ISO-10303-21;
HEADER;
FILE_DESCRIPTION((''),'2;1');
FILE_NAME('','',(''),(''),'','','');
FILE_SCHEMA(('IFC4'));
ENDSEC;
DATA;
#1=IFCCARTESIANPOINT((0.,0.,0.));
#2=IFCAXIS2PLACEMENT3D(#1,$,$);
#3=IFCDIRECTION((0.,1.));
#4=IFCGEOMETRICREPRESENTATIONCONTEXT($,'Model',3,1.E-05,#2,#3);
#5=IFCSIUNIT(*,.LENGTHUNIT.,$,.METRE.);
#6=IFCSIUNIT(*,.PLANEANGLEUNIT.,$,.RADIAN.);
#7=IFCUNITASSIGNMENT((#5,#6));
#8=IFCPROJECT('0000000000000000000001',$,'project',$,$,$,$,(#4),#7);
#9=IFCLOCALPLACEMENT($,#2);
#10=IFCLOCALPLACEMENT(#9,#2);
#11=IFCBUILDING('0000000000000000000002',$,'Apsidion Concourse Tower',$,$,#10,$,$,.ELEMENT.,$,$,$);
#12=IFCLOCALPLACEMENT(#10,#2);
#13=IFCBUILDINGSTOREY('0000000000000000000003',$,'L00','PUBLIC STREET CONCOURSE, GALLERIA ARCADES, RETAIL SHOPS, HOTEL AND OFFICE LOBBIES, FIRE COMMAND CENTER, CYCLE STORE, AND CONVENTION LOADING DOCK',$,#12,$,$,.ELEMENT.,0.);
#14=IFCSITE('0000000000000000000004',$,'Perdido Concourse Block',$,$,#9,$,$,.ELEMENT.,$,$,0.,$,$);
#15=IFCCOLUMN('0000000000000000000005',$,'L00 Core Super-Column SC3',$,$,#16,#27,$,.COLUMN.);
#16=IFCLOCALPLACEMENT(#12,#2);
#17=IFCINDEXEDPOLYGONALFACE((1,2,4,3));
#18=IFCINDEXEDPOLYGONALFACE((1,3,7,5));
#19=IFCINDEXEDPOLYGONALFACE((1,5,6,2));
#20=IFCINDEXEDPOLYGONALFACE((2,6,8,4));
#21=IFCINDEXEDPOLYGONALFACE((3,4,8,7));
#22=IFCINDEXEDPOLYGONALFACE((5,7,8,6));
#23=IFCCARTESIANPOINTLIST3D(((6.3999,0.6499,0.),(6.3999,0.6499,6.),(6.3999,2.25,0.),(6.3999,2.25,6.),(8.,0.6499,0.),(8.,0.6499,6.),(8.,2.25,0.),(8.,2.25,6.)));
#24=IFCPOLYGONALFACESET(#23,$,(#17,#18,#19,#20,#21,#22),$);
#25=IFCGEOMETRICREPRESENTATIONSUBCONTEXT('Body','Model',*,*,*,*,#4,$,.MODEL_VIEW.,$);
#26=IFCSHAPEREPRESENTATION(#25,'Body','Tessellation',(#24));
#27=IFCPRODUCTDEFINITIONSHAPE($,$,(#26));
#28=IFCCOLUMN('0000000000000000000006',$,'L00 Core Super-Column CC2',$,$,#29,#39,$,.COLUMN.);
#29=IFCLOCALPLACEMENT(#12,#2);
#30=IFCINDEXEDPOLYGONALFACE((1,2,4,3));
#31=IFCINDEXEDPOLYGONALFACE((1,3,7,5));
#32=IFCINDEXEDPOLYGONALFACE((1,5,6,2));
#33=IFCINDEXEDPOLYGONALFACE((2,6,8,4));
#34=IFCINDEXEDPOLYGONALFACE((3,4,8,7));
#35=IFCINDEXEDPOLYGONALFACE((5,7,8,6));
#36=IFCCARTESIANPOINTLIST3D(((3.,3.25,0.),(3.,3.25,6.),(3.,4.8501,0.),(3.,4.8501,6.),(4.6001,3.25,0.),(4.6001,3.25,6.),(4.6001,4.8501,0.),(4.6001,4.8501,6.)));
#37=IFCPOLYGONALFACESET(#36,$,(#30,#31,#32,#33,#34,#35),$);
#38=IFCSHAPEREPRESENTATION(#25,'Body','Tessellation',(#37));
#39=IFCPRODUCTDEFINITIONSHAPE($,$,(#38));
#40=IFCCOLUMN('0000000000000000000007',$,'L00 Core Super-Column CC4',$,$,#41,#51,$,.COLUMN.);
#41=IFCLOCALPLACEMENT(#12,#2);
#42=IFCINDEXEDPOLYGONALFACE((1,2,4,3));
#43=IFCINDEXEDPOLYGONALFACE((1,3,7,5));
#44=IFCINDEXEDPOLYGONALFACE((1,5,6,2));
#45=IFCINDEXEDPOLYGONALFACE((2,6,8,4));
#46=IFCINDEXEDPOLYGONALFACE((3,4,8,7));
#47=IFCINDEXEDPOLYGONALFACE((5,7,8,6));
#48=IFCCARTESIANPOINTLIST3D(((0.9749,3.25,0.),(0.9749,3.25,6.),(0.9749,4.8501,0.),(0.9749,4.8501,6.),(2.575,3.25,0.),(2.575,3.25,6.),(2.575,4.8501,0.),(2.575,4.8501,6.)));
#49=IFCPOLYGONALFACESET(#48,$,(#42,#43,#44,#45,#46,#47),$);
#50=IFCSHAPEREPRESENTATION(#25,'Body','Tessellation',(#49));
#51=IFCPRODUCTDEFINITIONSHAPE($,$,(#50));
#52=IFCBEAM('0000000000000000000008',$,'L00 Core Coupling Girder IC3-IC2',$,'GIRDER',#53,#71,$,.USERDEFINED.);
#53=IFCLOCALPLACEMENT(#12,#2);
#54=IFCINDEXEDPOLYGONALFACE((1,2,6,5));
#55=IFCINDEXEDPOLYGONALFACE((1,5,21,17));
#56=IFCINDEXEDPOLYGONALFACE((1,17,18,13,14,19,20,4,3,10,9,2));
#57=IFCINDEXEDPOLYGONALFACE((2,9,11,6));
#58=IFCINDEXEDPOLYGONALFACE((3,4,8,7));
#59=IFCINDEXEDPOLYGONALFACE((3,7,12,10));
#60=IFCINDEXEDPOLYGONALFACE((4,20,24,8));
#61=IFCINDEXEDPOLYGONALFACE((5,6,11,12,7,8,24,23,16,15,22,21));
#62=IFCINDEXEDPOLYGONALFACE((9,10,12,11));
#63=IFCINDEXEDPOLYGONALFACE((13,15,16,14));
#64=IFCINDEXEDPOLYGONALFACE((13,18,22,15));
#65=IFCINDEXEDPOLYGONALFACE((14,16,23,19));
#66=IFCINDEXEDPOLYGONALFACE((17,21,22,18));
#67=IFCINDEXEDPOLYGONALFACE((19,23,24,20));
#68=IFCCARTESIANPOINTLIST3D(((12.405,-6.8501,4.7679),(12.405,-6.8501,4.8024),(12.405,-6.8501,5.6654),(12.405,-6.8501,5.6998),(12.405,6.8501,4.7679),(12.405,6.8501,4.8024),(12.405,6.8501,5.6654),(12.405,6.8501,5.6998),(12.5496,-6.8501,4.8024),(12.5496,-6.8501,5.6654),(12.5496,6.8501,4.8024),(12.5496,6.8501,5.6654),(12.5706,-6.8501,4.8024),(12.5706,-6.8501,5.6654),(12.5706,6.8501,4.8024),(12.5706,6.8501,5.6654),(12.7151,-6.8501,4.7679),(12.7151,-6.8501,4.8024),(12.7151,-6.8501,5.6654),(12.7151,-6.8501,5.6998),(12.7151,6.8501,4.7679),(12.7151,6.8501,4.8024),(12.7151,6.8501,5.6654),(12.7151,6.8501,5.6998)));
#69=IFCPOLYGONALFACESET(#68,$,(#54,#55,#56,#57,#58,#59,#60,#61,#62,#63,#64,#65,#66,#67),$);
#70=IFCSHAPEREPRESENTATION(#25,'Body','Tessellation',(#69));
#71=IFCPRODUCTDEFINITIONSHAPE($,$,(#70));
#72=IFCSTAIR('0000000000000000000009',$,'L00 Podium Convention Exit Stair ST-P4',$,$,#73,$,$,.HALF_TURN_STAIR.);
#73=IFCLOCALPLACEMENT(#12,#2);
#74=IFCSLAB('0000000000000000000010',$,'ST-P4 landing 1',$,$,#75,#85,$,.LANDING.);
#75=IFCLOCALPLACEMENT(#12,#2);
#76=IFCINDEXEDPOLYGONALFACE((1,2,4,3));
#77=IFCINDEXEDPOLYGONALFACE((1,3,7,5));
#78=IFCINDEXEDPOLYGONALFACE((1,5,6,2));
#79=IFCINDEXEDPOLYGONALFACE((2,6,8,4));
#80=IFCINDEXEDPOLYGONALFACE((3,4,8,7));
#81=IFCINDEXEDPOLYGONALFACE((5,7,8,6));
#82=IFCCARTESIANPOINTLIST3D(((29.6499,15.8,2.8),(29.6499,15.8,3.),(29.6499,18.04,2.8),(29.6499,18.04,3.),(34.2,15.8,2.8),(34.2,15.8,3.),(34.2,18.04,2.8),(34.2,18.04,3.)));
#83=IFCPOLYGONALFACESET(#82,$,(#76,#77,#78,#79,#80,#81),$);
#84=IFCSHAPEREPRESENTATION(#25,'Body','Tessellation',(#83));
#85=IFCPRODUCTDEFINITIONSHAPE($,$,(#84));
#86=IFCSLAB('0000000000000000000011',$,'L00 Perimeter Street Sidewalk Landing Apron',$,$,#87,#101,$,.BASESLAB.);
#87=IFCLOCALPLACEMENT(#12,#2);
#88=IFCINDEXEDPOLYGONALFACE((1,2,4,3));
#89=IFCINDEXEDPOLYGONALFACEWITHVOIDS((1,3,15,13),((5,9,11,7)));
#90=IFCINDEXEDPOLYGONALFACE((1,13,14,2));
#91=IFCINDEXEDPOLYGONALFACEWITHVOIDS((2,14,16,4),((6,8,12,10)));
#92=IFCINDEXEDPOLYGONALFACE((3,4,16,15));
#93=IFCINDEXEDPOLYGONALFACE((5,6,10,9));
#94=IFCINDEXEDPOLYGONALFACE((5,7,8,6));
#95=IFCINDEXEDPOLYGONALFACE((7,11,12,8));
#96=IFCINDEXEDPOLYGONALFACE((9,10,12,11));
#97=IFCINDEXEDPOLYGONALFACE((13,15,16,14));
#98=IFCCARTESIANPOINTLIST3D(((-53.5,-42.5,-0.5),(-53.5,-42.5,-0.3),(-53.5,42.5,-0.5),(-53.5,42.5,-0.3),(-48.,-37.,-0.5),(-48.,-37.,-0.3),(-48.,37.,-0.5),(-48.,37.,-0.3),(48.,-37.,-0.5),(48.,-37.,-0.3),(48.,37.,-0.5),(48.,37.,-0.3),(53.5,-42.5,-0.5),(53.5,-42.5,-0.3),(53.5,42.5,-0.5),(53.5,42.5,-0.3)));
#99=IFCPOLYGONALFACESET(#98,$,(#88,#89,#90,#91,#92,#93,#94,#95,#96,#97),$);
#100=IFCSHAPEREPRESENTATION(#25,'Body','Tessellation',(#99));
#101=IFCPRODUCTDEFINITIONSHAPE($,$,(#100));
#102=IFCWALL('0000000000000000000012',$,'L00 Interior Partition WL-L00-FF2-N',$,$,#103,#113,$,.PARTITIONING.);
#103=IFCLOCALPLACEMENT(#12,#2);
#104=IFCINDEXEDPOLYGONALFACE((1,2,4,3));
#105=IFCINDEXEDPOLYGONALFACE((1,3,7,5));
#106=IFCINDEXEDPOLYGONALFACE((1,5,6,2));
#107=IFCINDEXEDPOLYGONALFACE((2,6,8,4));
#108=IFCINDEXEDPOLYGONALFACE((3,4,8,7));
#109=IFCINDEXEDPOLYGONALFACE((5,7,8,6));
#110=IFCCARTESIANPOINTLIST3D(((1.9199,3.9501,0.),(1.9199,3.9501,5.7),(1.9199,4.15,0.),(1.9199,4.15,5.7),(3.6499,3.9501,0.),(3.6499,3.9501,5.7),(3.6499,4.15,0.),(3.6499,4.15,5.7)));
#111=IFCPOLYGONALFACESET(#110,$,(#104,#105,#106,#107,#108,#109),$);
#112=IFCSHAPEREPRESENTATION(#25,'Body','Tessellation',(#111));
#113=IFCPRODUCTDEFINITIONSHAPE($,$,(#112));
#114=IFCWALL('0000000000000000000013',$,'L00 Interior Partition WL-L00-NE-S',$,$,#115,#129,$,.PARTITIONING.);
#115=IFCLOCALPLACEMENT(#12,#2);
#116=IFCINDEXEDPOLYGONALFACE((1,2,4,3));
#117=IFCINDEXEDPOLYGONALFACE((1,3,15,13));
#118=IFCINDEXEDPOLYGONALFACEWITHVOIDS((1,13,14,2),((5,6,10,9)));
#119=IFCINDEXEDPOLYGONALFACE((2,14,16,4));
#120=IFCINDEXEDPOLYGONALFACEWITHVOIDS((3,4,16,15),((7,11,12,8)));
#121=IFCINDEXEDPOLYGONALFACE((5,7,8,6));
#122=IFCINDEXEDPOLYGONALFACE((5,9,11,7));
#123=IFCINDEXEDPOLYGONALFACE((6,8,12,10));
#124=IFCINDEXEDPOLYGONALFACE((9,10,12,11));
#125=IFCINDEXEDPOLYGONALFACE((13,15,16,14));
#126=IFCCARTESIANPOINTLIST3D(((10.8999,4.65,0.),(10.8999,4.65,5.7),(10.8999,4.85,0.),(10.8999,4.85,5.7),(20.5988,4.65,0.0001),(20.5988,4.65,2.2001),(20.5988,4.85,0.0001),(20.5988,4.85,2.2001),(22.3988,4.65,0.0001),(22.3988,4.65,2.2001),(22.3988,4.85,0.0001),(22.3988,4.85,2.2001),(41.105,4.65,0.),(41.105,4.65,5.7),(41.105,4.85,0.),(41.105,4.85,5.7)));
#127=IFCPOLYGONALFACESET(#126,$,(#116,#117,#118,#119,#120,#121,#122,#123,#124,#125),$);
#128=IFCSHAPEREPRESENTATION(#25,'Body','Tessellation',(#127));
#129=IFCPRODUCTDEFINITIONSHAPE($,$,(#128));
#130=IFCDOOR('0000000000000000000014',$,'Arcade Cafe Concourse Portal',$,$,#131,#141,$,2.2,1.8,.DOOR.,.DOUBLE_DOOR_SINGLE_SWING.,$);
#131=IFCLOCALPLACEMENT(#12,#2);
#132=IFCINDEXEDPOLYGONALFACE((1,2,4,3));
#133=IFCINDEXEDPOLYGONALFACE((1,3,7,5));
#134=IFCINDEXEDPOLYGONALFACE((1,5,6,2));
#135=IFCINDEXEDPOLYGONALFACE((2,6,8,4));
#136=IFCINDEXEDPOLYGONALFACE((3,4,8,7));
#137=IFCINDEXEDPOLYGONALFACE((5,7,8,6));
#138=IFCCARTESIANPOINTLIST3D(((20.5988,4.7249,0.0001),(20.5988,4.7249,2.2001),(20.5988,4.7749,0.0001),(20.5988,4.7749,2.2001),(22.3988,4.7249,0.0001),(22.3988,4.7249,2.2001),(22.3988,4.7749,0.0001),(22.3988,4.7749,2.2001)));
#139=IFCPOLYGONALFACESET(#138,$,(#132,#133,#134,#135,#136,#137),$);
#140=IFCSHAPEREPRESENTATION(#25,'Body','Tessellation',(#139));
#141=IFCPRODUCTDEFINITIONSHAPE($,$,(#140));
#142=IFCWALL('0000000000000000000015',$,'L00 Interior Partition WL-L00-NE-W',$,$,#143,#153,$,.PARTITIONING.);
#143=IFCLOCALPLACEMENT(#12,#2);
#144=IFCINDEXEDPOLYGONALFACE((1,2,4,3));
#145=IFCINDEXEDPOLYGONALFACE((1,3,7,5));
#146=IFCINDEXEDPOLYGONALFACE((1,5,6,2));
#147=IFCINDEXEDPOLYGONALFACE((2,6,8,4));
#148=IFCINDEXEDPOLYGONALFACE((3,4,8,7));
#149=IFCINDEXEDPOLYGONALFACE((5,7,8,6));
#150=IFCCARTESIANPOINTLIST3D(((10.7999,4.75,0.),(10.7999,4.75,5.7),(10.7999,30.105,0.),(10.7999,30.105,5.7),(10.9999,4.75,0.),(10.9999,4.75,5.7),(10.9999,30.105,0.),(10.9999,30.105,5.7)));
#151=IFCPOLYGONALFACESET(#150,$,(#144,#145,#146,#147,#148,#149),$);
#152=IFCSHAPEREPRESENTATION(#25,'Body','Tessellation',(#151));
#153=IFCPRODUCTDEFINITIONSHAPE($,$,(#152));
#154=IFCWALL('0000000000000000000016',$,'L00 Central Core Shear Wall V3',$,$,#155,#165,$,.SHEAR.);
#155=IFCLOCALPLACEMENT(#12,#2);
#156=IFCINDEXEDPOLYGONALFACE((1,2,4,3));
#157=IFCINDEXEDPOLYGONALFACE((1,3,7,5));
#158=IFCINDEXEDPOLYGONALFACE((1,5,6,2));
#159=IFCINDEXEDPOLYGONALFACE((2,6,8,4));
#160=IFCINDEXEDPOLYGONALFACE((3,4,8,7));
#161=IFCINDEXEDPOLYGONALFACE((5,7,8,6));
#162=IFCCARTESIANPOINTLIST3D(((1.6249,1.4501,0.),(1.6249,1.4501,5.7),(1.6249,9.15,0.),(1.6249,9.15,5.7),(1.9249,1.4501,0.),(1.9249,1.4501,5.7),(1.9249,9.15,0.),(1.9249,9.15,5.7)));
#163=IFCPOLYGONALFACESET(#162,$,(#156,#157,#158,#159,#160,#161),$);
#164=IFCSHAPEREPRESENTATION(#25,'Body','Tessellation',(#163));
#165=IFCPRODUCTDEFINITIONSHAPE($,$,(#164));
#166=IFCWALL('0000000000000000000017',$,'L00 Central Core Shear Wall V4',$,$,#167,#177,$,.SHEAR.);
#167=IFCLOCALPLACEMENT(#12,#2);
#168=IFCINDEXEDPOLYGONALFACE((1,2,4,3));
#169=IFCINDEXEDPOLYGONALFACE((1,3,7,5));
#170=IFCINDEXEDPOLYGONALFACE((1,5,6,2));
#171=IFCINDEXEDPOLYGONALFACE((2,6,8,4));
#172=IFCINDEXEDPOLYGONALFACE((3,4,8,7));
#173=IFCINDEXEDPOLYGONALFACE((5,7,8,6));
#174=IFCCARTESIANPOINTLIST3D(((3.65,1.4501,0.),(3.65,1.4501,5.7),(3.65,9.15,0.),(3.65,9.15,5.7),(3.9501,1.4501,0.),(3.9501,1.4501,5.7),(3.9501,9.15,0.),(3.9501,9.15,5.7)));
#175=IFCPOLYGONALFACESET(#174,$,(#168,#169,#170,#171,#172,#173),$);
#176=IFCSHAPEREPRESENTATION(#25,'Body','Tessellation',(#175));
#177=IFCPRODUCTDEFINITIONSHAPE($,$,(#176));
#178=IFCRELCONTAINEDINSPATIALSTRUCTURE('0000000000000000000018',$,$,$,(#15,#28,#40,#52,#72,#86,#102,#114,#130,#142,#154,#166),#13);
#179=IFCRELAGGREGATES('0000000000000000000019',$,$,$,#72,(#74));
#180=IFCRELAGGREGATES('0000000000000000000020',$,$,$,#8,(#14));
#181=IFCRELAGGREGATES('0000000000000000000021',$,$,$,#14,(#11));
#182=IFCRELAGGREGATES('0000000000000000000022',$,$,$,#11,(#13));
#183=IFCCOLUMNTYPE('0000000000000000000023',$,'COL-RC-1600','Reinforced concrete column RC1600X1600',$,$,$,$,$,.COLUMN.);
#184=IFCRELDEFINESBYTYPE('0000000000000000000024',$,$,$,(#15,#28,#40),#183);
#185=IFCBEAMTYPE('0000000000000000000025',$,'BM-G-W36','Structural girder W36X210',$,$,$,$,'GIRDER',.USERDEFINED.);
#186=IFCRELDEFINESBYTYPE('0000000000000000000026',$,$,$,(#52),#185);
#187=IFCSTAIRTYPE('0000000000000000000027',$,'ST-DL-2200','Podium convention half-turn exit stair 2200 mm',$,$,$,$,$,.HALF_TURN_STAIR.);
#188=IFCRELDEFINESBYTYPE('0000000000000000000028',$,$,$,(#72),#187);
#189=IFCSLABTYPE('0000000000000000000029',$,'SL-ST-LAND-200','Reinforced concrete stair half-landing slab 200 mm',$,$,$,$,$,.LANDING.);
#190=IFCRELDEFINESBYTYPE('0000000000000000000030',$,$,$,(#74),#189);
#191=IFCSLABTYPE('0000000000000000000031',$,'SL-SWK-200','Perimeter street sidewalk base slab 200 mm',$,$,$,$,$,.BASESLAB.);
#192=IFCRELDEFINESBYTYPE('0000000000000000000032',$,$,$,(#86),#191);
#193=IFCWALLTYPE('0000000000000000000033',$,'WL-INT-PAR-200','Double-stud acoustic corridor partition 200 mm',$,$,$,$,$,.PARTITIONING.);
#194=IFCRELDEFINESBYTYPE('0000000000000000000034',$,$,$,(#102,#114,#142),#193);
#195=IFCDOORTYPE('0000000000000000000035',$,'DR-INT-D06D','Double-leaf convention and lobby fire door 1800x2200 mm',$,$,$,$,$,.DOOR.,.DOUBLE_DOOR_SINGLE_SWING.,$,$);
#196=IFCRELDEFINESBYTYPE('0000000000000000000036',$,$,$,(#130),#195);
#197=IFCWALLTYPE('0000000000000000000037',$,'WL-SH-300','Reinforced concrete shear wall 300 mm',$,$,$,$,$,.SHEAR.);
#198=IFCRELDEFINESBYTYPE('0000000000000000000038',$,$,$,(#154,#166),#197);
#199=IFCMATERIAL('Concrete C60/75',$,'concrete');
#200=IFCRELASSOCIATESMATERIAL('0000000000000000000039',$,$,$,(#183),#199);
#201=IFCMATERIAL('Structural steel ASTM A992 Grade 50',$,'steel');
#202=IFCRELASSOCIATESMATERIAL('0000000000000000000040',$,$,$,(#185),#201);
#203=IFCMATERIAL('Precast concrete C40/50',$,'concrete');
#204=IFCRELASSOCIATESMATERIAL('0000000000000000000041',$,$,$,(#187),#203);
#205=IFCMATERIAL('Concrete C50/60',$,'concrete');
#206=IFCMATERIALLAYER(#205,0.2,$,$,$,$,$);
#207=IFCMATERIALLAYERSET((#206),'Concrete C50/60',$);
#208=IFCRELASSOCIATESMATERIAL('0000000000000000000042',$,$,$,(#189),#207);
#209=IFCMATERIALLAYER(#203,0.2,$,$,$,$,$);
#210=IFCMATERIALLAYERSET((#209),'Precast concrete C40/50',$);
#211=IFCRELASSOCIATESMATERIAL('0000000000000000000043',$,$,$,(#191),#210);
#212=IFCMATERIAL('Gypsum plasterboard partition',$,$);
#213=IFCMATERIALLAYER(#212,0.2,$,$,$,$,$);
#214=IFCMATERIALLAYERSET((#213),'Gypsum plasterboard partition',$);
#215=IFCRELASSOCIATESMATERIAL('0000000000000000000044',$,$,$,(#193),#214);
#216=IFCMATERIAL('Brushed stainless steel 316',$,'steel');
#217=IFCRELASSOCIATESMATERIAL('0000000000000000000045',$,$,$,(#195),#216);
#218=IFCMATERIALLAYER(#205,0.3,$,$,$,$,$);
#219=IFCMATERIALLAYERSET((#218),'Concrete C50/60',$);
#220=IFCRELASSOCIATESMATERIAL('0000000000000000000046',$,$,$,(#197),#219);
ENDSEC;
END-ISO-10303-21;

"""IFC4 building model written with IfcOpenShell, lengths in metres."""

from ifc_helpers import new_model, si_unit, direction, frame, frame_2d, origin, origin_2d, place, context, subcontext, project, spatial, polyline, rectangle, i_section, outline, extrude, material, layer, layer_set, material_profile, profile_set, type_object, element, fill, aggregate, save


model = new_model("IFC4")

# Units and contexts
model_context = context("Model", 3, precision=1e-05, world=origin(), true_north=direction((0.0, 1.0)))
body_context = subcontext(model_context, "Body", "Model", "MODEL_VIEW")
ifc_project = project(units=[si_unit("LENGTHUNIT", "METRE"), si_unit("PLANEANGLEUNIT", "RADIAN")], contexts=[model_context])

# Site, building, storey
site_placement = place(None, origin())
site = spatial("IfcSite", under=ifc_project, at=site_placement, Name="Perdido Concourse Block", CompositionType="ELEMENT", RefElevation=0.0)
building_placement = place(site_placement, origin())
building = spatial("IfcBuilding", under=site, at=building_placement, Name="Apsidion Concourse Tower", CompositionType="ELEMENT")
storey_placement = place(building_placement, origin())
storey = spatial("IfcBuildingStorey", under=building, at=storey_placement, Name="L00", Description="PUBLIC STREET CONCOURSE, GALLERIA ARCADES, RETAIL SHOPS, HOTEL AND OFFICE LOBBIES, FIRE COMMAND CENTER, CYCLE STORE, AND CONVENTION LOADING DOCK", CompositionType="ELEMENT", Elevation=0.0)

# Columns
ifc_material_1 = material(Name="Concrete C60/75", Category="concrete")
ifc_material_profile_1 = material_profile(ifc_material_1, rectangle(XDim=1.6001, YDim=1.6001, at=origin_2d()), Name="RC 1600x1600")
ifc_profile_set_1 = profile_set([ifc_material_profile_1], Name="Concrete C60/75")
column_type = type_object("IfcColumnType", Name="COL-RC-1600", Description="Reinforced concrete column RC1600X1600", PredefinedType="COLUMN", material=ifc_profile_set_1)
for number, where, z_axis, x_axis, name in (
    (1, (7.2, 1.45, 0.0), (0.0, 0.0, 1.0), (1.0, 0.0, 0.0), "L00 Core Super-Column SC3"),
    (2, (3.8, 4.05, 0.0), (0.0, 0.0, 1.0), (1.0, 0.0, 0.0), "L00 Core Super-Column CC2"),
    (3, (1.7749, 4.05, 0.0), (0.0, 0.0, 1.0), (1.0, 0.0, 0.0), "L00 Core Super-Column CC4"),
):
    element("IfcColumn", number, at=place(storey_placement, frame(where, z_axis=z_axis, x_axis=x_axis)), inside=storey, type_object=column_type, Name=name, PredefinedType="COLUMN", context=body_context, shape_type="SweptSolid", body=[
        extrude(rectangle(XDim=1.6001, YDim=1.6001, at=origin_2d()), origin(), (0.0, 0.0, 1.0), 6.0),
    ])

# Beam
ifc_material_2 = material(Name="Structural steel ASTM A992 Grade 50", Category="steel")
ifc_material_profile_2 = material_profile(ifc_material_2, i_section(OverallWidth=0.3101, OverallDepth=0.9319, WebThickness=0.021, FlangeThickness=0.0344, at=origin_2d()), Name="W36X210")
ifc_profile_set_2 = profile_set([ifc_material_profile_2], Name="Structural steel ASTM A992 Grade 50")
beam_type = type_object("IfcBeamType", Name="BM-G-W36", Description="Structural girder W36X210", ElementType="GIRDER", PredefinedType="USERDEFINED", material=ifc_profile_set_2)
beam_placement = place(storey_placement, frame((12.5601, 6.8501, 5.2339), z_axis=(0.0, -1.0, 0.0), x_axis=(1.0, 0.0, 0.0)))
element("IfcBeam", 4, at=beam_placement, inside=storey, type_object=beam_type, Name="L00 Core Coupling Girder IC3-IC2", ObjectType="GIRDER", PredefinedType="USERDEFINED", context=body_context, shape_type="SweptSolid", body=[
    extrude(i_section(OverallWidth=0.3101, OverallDepth=0.9319, WebThickness=0.021, FlangeThickness=0.0344, at=origin_2d()), origin(), (0.0, 0.0, 1.0), 13.7002),
])

# Stair, slab
ifc_material_3 = material(Name="Precast concrete C40/50", Category="concrete")
stair_type_1 = type_object("IfcStairType", Name="ST-DL-2200", Description="Podium convention half-turn exit stair 2200 mm", PredefinedType="HALF_TURN_STAIR", material=ifc_material_3)
stair_1_placement = place(storey_placement, origin())
stair_1 = element("IfcStair", 5, at=stair_1_placement, inside=storey, type_object=stair_type_1, Name="L00 Podium Convention Exit Stair ST-P4", PredefinedType="HALF_TURN_STAIR")
ifc_material_4 = material(Name="Concrete C50/60", Category="concrete")
ifc_layer_1 = layer(ifc_material_4, 0.2)
ifc_layer_set_1 = layer_set([ifc_layer_1], Name="Concrete C50/60")
slab_type_1 = type_object("IfcSlabType", Name="SL-ST-LAND-200", Description="Reinforced concrete stair half-landing slab 200 mm", PredefinedType="LANDING", material=ifc_layer_set_1)
slab_1_placement = place(storey_placement, frame((0.0, 0.0, 2.8)))
slab_1 = element("IfcSlab", 6, at=slab_1_placement, type_object=slab_type_1, Name="ST-P4 landing 1", PredefinedType="LANDING", context=body_context, shape_type="SweptSolid", body=[
    extrude(outline(polyline([(29.6499, 18.04), (29.6499, 15.8), (34.2, 15.8), (34.2, 18.04), (29.6499, 18.04)])), origin(), (0.0, 0.0, 1.0), 0.2),
])
aggregate(stair_1, [slab_1])

# Slab
ifc_layer_2 = layer(ifc_material_3, 0.2)
ifc_layer_set_2 = layer_set([ifc_layer_2], Name="Precast concrete C40/50")
slab_type_2 = type_object("IfcSlabType", Name="SL-SWK-200", Description="Perimeter street sidewalk base slab 200 mm", PredefinedType="BASESLAB", material=ifc_layer_set_2)
slab_2_placement = place(storey_placement, frame((0.0, 0.0, -0.5)))
element("IfcSlab", 7, at=slab_2_placement, inside=storey, type_object=slab_type_2, Name="L00 Perimeter Street Sidewalk Landing Apron", PredefinedType="BASESLAB", context=body_context, shape_type="SweptSolid", body=[
    extrude(outline(polyline([(-53.5, -42.5), (53.5, -42.5), (53.5, 42.5), (-53.5, 42.5), (-53.5, -42.5)]), holes=[polyline([(-48.0, -37.0), (48.0, -37.0), (48.0, 37.0), (-48.0, 37.0), (-48.0, -37.0)])]), origin(), (0.0, 0.0, 1.0), 0.2),
])

# Wall
ifc_material_5 = material(Name="Gypsum plasterboard partition")
ifc_layer_3 = layer(ifc_material_5, 0.2)
ifc_layer_set_3 = layer_set([ifc_layer_3], Name="Gypsum plasterboard partition")
wall_type_1 = type_object("IfcWallType", Name="WL-INT-PAR-200", Description="Double-stud acoustic corridor partition 200 mm", PredefinedType="PARTITIONING", material=ifc_layer_set_3)
wall_1_placement = place(storey_placement, frame((1.9199, 4.05, 0.0), z_axis=(0.0, 0.0, 1.0), x_axis=(1.0, 0.0, 0.0)))
element("IfcWall", 8, at=wall_1_placement, inside=storey, type_object=wall_type_1, Name="L00 Interior Partition WL-L00-FF2-N", PredefinedType="PARTITIONING", context=body_context, shape_type="SweptSolid", body=[
    extrude(rectangle(XDim=1.73, YDim=0.2, at=frame_2d((0.865, 0.0))), origin(), (0.0, 0.0, 1.0), 5.7),
])

# Wall, opening, door
wall_2_placement = place(storey_placement, frame((10.8999, 4.75, 0.0), z_axis=(0.0, 0.0, 1.0), x_axis=(1.0, 0.0, 0.0)))
wall_2 = element("IfcWall", 9, at=wall_2_placement, inside=storey, type_object=wall_type_1, Name="L00 Interior Partition WL-L00-NE-S", PredefinedType="PARTITIONING", context=body_context, shape_type="SweptSolid", body=[
    extrude(rectangle(XDim=30.2051, YDim=0.2, at=frame_2d((15.1025, 0.0))), origin(), (0.0, 0.0, 1.0), 5.7),
])
opening_placement = place(wall_2_placement, frame((9.699, 0.0, 0.0)))
opening = element("IfcOpeningElement", 10, at=opening_placement, cuts=wall_2, PredefinedType="OPENING", context=body_context, shape_type="SweptSolid", body=[
    extrude(rectangle(XDim=1.8, YDim=2.2, at=frame_2d((0.8999, 1.1001))), frame((0.0, 0.1099, 0.0), z_axis=(0.0, -1.0, 0.0), x_axis=(1.0, 0.0, 0.0)), (0.0, 0.0, 1.0), 0.22),
])
ifc_material_6 = material(Name="Brushed stainless steel 316", Category="steel")
door_type = type_object("IfcDoorType", Name="DR-INT-D06D", Description="Double-leaf convention and lobby fire door 1800x2200 mm", OperationType="DOUBLE_DOOR_SINGLE_SWING", PredefinedType="DOOR", material=ifc_material_6)
door_placement = place(opening_placement, origin())
door = element("IfcDoor", 11, at=door_placement, inside=storey, type_object=door_type, Name="Arcade Cafe Concourse Portal", OperationType="DOUBLE_DOOR_SINGLE_SWING", OverallHeight=2.2, OverallWidth=1.8, PredefinedType="DOOR", context=body_context, shape_type="SweptSolid", body=[
    extrude(rectangle(XDim=1.8, YDim=2.2, at=frame_2d((0.8999, 1.1001))), frame((0.0, 0.0249, 0.0), z_axis=(0.0, -1.0, 0.0), x_axis=(1.0, 0.0, 0.0)), (0.0, 0.0, 1.0), 0.05),
])
fill(opening, door)

# Walls
wall_3_placement = place(storey_placement, frame((10.8999, 4.75, 0.0), z_axis=(0.0, 0.0, 1.0), x_axis=(0.0, 1.0, 0.0)))
element("IfcWall", 12, at=wall_3_placement, inside=storey, type_object=wall_type_1, Name="L00 Interior Partition WL-L00-NE-W", PredefinedType="PARTITIONING", context=body_context, shape_type="SweptSolid", body=[
    extrude(rectangle(XDim=25.355, YDim=0.2, at=frame_2d((12.6775, 0.0))), origin(), (0.0, 0.0, 1.0), 5.7),
])
ifc_layer_4 = layer(ifc_material_4, 0.3)
ifc_layer_set_4 = layer_set([ifc_layer_4], Name="Concrete C50/60")
wall_type_2 = type_object("IfcWallType", Name="WL-SH-300", Description="Reinforced concrete shear wall 300 mm", PredefinedType="SHEAR", material=ifc_layer_set_4)
for number, where, z_axis, x_axis, name in (
    (13, (1.7749, 1.45, 0.0), (0.0, 0.0, 1.0), (0.0, 1.0, 0.0), "L00 Central Core Shear Wall V3"),
    (14, (3.8, 1.45, 0.0), (0.0, 0.0, 1.0), (0.0, 1.0, 0.0), "L00 Central Core Shear Wall V4"),
):
    element("IfcWall", number, at=place(storey_placement, frame(where, z_axis=z_axis, x_axis=x_axis)), inside=storey, type_object=wall_type_2, Name=name, PredefinedType="SHEAR", context=body_context, shape_type="SweptSolid", body=[
        extrude(rectangle(XDim=7.7, YDim=0.3, at=frame_2d((3.8501, 0.0))), origin(), (0.0, 0.0, 1.0), 5.7),
    ])

save(model, "model.ifc")
